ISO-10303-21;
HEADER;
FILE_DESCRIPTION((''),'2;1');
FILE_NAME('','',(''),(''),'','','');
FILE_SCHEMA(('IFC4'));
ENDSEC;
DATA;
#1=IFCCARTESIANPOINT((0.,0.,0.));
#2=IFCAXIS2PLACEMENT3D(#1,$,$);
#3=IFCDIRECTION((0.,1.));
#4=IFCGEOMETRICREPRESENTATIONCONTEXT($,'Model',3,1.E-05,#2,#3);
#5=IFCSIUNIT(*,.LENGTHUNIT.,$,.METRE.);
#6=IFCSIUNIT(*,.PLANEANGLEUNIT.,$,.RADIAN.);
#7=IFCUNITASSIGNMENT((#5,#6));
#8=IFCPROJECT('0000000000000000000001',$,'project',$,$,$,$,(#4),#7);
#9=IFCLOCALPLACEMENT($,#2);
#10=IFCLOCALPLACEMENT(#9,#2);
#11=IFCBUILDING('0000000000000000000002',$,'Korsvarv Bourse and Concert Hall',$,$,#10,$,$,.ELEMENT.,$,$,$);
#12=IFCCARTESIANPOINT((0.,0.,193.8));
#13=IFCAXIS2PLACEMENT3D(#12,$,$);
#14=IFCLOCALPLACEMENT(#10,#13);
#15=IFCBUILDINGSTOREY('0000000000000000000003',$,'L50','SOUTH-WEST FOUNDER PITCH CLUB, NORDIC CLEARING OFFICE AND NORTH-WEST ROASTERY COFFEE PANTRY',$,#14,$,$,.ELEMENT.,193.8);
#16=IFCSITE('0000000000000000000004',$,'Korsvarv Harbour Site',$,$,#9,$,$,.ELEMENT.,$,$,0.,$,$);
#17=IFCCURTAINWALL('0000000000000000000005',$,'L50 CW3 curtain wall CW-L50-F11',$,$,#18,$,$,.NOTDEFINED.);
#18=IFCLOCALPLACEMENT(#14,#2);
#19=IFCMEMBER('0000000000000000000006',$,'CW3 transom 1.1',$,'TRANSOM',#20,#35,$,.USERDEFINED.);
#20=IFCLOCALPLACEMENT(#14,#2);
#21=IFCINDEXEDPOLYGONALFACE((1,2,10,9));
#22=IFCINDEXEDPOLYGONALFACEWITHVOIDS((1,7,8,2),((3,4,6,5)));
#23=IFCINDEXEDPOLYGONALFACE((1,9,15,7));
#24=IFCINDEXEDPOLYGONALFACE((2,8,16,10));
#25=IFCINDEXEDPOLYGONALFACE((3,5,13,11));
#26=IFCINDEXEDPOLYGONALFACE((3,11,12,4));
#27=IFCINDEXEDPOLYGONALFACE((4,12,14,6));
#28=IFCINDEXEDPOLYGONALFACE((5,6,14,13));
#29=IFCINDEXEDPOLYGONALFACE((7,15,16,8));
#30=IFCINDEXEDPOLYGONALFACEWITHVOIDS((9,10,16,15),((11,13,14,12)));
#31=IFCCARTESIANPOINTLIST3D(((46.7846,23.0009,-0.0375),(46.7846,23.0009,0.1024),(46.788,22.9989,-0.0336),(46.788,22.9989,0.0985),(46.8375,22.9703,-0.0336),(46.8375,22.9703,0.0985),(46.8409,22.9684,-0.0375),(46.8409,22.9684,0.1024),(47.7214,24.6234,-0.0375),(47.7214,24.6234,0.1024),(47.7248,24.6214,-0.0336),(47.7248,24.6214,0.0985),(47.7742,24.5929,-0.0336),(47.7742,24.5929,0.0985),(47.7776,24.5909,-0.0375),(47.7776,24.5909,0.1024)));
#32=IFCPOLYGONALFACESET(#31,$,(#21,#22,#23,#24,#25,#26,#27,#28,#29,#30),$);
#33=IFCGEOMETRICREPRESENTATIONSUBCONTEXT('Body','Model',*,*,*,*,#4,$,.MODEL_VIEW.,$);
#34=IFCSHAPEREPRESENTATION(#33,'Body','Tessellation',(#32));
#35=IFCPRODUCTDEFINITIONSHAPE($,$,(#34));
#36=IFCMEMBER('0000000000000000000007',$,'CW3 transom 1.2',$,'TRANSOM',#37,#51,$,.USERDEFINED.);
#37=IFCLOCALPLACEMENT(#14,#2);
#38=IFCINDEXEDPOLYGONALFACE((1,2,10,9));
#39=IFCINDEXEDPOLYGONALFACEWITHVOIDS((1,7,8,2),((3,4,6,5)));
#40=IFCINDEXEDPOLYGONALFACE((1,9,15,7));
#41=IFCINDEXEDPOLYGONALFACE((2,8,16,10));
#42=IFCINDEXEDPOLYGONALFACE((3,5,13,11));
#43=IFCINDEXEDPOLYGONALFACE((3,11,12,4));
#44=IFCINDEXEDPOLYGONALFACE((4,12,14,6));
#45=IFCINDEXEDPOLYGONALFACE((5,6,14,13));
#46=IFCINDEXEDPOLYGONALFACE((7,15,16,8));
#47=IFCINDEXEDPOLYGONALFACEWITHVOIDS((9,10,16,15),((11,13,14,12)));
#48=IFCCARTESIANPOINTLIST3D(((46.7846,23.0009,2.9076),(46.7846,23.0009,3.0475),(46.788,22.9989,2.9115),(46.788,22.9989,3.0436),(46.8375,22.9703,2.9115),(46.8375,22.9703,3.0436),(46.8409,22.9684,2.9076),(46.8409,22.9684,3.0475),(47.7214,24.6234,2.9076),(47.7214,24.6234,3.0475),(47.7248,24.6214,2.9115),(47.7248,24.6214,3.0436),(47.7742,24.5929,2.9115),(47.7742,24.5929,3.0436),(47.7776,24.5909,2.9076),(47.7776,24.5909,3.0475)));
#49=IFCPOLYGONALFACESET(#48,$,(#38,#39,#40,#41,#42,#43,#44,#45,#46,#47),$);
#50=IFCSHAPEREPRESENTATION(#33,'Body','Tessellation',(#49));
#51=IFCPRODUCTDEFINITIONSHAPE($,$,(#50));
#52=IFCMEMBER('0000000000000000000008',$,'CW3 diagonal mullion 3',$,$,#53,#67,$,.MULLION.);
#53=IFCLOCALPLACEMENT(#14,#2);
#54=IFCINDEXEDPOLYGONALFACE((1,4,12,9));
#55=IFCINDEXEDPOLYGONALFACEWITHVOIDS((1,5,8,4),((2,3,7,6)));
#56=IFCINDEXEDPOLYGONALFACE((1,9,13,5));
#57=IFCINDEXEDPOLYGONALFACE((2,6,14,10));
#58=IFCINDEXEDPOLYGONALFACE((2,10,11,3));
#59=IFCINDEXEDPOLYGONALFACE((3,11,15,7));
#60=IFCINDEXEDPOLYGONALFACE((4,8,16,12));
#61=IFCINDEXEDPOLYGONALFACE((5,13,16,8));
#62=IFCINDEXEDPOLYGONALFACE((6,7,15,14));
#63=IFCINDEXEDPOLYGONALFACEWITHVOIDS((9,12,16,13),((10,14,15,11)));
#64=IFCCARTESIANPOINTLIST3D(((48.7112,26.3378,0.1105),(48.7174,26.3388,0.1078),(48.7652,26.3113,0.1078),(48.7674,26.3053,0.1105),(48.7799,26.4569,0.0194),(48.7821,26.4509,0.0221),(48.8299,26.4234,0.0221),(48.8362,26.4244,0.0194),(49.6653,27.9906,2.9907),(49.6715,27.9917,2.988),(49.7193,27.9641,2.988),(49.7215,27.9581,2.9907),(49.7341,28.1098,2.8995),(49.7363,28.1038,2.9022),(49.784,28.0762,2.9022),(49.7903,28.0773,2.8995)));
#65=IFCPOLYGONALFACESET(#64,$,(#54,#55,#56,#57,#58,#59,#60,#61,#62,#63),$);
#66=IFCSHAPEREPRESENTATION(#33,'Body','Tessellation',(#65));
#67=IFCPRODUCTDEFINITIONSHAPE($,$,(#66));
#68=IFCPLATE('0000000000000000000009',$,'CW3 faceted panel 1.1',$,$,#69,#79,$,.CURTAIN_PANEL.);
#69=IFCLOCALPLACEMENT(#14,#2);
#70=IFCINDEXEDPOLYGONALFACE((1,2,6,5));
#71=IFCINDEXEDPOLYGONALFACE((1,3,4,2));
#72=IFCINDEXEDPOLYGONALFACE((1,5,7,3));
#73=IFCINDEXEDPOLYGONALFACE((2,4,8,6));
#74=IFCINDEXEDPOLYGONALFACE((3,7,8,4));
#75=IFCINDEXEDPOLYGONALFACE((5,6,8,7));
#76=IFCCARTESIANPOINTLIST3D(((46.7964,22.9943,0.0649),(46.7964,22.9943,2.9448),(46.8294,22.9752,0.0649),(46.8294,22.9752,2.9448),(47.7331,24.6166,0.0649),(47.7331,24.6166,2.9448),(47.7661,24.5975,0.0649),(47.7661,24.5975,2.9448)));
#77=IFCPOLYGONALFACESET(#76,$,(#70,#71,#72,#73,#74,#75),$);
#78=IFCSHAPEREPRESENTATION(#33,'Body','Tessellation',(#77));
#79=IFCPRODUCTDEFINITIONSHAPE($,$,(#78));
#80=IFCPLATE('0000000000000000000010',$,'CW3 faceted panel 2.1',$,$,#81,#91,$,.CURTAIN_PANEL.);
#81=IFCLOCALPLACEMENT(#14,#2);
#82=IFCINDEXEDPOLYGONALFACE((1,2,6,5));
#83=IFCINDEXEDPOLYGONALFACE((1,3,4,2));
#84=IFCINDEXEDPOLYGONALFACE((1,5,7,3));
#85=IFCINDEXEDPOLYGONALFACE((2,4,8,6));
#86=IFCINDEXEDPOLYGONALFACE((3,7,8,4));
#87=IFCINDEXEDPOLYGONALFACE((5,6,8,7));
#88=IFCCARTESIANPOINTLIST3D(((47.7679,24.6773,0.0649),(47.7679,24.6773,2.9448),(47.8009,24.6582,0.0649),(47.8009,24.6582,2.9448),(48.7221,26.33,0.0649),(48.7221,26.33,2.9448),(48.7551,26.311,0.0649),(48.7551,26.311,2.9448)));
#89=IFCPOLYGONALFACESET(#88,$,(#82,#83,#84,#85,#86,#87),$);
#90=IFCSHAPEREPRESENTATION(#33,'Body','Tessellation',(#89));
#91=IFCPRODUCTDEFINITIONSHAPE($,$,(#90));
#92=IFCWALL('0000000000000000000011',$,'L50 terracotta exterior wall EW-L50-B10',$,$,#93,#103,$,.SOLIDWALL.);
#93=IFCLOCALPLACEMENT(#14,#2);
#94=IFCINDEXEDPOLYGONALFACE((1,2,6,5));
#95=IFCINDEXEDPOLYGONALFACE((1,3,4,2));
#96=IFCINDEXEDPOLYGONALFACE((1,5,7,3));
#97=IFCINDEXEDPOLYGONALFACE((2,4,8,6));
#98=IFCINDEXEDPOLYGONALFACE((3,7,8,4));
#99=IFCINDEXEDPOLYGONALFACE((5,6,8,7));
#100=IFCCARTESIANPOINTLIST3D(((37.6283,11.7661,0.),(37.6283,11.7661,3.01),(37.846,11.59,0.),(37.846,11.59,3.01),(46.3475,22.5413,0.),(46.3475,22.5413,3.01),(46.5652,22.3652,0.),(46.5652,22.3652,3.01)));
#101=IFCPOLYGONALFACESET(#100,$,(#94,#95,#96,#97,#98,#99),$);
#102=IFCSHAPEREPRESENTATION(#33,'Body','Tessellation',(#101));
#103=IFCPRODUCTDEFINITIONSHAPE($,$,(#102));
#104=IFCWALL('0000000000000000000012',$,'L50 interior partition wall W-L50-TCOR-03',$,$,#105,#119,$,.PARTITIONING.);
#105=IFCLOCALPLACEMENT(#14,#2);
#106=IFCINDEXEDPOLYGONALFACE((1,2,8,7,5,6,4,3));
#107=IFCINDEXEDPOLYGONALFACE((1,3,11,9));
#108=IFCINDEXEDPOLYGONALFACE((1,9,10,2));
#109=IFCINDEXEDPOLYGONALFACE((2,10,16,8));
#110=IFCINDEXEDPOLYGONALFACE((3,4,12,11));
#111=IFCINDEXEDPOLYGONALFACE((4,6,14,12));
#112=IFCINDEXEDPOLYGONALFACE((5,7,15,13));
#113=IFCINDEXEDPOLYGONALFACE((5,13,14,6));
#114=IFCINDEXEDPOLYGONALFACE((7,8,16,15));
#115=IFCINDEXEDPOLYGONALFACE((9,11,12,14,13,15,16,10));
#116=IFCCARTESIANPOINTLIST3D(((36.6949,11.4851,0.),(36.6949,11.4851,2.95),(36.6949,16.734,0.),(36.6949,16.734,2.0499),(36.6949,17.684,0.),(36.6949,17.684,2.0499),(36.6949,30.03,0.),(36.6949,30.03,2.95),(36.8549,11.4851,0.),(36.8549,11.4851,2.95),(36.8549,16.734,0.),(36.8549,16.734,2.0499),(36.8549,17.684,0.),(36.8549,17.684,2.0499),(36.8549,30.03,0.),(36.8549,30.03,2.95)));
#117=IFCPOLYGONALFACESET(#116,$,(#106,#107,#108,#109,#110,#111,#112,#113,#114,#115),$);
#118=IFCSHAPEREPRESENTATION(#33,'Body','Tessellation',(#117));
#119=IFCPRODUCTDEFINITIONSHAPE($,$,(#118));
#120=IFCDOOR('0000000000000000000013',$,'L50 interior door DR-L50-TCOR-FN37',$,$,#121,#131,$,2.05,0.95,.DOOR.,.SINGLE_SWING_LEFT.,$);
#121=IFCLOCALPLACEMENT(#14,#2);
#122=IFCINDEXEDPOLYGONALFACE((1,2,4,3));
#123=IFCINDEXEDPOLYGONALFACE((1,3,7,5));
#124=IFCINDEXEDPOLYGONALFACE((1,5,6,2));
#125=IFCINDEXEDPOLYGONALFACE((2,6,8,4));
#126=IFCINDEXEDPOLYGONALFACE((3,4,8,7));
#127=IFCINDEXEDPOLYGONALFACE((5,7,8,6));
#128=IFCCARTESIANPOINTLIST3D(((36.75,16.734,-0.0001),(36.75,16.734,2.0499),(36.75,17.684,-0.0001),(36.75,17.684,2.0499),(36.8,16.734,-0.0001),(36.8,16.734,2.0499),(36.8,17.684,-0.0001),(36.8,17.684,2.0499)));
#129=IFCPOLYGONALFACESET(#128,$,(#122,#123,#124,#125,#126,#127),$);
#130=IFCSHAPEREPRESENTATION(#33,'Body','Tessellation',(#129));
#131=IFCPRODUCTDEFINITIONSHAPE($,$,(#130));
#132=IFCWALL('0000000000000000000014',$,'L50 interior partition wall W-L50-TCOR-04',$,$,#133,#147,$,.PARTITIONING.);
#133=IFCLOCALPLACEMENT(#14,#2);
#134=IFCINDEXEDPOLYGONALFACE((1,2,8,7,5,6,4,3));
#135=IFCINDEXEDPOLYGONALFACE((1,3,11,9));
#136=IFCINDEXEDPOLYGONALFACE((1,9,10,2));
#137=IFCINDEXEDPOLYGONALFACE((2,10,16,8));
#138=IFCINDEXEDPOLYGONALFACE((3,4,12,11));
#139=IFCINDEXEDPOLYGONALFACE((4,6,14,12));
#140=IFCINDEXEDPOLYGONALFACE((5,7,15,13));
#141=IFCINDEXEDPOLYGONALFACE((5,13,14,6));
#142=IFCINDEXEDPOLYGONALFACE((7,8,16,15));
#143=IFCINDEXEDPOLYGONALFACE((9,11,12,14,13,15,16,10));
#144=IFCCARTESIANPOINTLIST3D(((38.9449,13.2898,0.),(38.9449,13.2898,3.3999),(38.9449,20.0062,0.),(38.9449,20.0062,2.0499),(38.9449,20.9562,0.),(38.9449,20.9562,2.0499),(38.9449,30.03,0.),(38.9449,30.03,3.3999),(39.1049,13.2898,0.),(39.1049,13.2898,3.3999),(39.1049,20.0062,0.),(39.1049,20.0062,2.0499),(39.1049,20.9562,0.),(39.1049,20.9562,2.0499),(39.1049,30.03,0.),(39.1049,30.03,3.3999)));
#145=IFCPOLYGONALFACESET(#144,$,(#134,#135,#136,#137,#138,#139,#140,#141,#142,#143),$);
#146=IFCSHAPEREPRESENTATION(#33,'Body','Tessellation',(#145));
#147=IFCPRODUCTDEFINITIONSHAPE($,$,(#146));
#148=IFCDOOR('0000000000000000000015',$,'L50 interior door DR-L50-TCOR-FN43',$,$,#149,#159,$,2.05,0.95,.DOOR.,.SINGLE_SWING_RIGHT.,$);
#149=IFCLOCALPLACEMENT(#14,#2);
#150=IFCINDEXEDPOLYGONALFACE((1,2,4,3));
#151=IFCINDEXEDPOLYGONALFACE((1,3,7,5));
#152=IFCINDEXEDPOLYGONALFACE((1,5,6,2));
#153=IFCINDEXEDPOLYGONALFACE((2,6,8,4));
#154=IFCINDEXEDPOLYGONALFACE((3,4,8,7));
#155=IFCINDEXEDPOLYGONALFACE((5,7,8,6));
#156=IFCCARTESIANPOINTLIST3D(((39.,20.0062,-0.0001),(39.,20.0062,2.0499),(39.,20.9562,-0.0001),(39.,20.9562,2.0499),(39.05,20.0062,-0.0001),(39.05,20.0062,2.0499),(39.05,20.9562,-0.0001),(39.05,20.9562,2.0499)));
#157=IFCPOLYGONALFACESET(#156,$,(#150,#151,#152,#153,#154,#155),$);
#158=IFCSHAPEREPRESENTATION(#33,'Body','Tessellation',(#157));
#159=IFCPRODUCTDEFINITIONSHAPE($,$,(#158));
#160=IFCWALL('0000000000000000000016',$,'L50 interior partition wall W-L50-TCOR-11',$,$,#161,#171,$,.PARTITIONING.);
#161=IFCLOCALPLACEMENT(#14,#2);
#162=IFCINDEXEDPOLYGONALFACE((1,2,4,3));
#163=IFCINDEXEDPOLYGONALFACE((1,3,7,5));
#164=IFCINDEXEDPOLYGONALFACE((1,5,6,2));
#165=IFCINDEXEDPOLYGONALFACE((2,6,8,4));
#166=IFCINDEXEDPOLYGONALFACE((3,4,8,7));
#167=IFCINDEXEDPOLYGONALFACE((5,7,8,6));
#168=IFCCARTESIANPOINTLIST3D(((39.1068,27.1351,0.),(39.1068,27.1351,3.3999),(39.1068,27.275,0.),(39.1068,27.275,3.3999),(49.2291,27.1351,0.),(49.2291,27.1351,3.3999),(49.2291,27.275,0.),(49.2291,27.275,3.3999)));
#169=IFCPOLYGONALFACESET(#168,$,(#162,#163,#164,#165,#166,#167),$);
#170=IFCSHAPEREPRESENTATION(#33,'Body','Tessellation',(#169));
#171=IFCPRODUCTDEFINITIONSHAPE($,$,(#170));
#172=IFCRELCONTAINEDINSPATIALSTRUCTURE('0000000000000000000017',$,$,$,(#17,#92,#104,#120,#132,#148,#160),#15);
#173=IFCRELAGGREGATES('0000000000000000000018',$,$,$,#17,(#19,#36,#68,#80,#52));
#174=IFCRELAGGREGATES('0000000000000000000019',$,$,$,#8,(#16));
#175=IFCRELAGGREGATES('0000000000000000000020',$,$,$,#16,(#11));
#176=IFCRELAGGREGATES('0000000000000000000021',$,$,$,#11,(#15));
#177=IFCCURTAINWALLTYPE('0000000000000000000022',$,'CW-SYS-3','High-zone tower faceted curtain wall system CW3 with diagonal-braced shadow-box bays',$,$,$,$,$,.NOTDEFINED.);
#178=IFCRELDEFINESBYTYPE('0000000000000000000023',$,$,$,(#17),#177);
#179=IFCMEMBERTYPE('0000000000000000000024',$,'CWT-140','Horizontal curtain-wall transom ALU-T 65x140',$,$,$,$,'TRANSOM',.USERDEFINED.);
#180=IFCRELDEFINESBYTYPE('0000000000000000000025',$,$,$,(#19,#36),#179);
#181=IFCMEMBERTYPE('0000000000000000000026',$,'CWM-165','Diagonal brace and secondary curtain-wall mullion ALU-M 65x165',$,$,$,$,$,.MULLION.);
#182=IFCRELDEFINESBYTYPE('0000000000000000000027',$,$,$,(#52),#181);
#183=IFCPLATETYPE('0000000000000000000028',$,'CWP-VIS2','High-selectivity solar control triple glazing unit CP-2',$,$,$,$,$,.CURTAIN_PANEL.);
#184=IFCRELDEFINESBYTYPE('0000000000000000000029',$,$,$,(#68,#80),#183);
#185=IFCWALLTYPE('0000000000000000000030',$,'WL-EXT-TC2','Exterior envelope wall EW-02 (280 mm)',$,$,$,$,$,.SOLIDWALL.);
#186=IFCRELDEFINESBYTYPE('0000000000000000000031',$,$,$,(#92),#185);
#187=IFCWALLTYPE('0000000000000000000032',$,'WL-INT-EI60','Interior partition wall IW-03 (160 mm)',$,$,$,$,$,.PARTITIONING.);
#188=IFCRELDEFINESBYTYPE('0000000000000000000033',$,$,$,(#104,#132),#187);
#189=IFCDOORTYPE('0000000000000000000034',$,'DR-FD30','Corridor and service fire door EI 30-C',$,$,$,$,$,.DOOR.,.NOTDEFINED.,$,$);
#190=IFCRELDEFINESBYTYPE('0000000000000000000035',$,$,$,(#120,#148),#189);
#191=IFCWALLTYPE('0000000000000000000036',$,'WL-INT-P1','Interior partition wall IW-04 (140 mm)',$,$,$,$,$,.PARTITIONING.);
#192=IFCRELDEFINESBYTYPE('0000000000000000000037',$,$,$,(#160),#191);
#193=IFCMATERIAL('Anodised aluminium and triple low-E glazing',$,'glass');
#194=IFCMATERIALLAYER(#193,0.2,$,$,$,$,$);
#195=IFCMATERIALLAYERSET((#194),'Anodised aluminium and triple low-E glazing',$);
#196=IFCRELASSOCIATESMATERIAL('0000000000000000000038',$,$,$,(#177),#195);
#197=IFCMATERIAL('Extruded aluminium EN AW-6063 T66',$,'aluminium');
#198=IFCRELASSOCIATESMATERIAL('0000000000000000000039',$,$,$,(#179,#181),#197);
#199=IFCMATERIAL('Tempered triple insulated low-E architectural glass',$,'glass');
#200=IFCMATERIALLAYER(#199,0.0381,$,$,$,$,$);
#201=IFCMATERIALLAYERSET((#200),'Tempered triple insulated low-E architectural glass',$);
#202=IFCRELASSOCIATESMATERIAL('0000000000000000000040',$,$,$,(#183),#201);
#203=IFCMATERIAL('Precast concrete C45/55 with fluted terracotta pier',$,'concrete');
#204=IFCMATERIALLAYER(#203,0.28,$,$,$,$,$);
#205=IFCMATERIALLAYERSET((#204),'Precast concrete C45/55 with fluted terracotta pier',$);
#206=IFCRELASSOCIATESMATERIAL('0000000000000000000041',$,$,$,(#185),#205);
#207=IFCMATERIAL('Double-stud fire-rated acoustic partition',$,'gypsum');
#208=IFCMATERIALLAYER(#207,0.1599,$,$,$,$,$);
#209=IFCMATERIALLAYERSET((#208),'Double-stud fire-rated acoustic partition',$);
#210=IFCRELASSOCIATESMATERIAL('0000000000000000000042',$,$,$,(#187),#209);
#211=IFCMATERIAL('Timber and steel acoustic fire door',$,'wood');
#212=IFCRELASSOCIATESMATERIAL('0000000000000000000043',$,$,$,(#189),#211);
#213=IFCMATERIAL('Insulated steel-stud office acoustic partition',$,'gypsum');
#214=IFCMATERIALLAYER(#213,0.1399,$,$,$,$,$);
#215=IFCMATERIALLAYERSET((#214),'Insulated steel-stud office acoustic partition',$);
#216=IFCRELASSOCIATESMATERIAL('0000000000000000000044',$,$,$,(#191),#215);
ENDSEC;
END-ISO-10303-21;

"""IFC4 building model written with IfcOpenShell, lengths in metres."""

from ifc_helpers import new_model, si_unit, direction, frame, frame_2d, origin, origin_2d, place, context, subcontext, project, spatial, rectangle, hollow_rectangle, extrude, source, transform, mapped, material, layer, layer_set, material_profile, profile_set, type_object, element, fill, aggregate, save


model = new_model("IFC4")

# Units and contexts
model_context = context("Model", 3, precision=1e-05, world=origin(), true_north=direction((0.0, 1.0)))
body_context = subcontext(model_context, "Body", "Model", "MODEL_VIEW")
ifc_project = project(units=[si_unit("LENGTHUNIT", "METRE"), si_unit("PLANEANGLEUNIT", "RADIAN")], contexts=[model_context])

# Site, building, storey
site_placement = place(None, origin())
site = spatial("IfcSite", under=ifc_project, at=site_placement, Name="Korsvarv Harbour Site", CompositionType="ELEMENT", RefElevation=0.0)
building_placement = place(site_placement, origin())
building = spatial("IfcBuilding", under=site, at=building_placement, Name="Korsvarv Bourse and Concert Hall", CompositionType="ELEMENT")
storey_placement = place(building_placement, frame((0.0, 0.0, 193.8)))
storey = spatial("IfcBuildingStorey", under=building, at=storey_placement, Name="L50", Description="SOUTH-WEST FOUNDER PITCH CLUB, NORDIC CLEARING OFFICE AND NORTH-WEST ROASTERY COFFEE PANTRY", CompositionType="ELEMENT", Elevation=193.8)

# Curtain wall, members, plates
ifc_material_1 = material(Name="Anodised aluminium and triple low-E glazing", Category="glass")
ifc_layer_1 = layer(ifc_material_1, 0.2)
ifc_layer_set_1 = layer_set([ifc_layer_1], Name="Anodised aluminium and triple low-E glazing")
curtain_wall_type = type_object("IfcCurtainWallType", Name="CW-SYS-3", Description="High-zone tower faceted curtain wall system CW3 with diagonal-braced shadow-box bays", PredefinedType="NOTDEFINED", material=ifc_layer_set_1)
curtain_wall_placement = place(storey_placement, origin())
curtain_wall = element("IfcCurtainWall", 1, at=curtain_wall_placement, inside=storey, type_object=curtain_wall_type, Name="L50 CW3 curtain wall CW-L50-F11", PredefinedType="NOTDEFINED")
ifc_material_2 = material(Name="Extruded aluminium EN AW-6063 T66", Category="aluminium")
ifc_material_profile_1 = material_profile(ifc_material_2, hollow_rectangle(XDim=0.0649, YDim=0.1399, WallThickness=0.0039, at=origin_2d()), Name="ALU-T 65x140")
ifc_profile_set_1 = profile_set([ifc_material_profile_1], Name="Extruded aluminium EN AW-6063 T66")
member_type_1 = type_object("IfcMemberType", Name="CWT-140", Description="Horizontal curtain-wall transom ALU-T 65x140", ElementType="TRANSOM", PredefinedType="USERDEFINED", material=ifc_profile_set_1)
shared_shape_1 = source(origin(), body_context, "Body", "SweptSolid", [
    extrude(hollow_rectangle(XDim=0.0649, YDim=0.1399, WallThickness=0.0039, at=origin_2d()), origin(), (0.0, 0.0, 1.0), 1.8735),
])
member_1_placement = place(storey_placement, frame((46.8127, 22.9846, 0.0325), z_axis=(0.499993, 0.866029, 0.0), x_axis=(-0.866029, 0.499993, 0.0)))
member_1 = element("IfcMember", 2, at=member_1_placement, type_object=member_type_1, Name="CW3 transom 1.1", ObjectType="TRANSOM", PredefinedType="USERDEFINED", context=body_context, shape_type="MappedRepresentation", body=[
    mapped(shared_shape_1, transform((0.0, 0.0, 0.0), scale=1.0)),
])
member_2_placement = place(storey_placement, frame((46.8127, 22.9846, 2.9775), z_axis=(0.499993, 0.866029, 0.0), x_axis=(-0.866029, 0.499993, 0.0)))
member_2 = element("IfcMember", 3, at=member_2_placement, type_object=member_type_1, Name="CW3 transom 1.2", ObjectType="TRANSOM", PredefinedType="USERDEFINED", context=body_context, shape_type="MappedRepresentation", body=[
    mapped(shared_shape_1, transform((0.0, 0.0, 0.0), scale=1.0)),
])
ifc_material_profile_2 = material_profile(ifc_material_2, hollow_rectangle(XDim=0.0649, YDim=0.165, WallThickness=0.0049, at=origin_2d()), Name="ALU-M 65x165")
ifc_profile_set_2 = profile_set([ifc_material_profile_2], Name="Extruded aluminium EN AW-6063 T66")
member_type_2 = type_object("IfcMemberType", Name="CWM-165", Description="Diagonal brace and secondary curtain-wall mullion ALU-M 65x165", PredefinedType="MULLION", material=ifc_profile_set_2)
shared_shape_2 = source(origin(), body_context, "Body", "SweptSolid", [
    extrude(hollow_rectangle(XDim=0.0649, YDim=0.165, WallThickness=0.0049, at=origin_2d()), origin(), (0.0, 0.0, 1.0), 3.4551),
])
member_3_placement = place(storey_placement, frame((48.7737, 26.3811, 0.0649), z_axis=(0.276148, 0.478383, 0.833602), x_axis=(-0.866062, 0.499937, 0.0)))
member_3 = element("IfcMember", 4, at=member_3_placement, type_object=member_type_2, Name="CW3 diagonal mullion 3", PredefinedType="MULLION", context=body_context, shape_type="MappedRepresentation", body=[
    mapped(shared_shape_2, transform((0.0, 0.0, 0.0), scale=1.0)),
])
ifc_material_3 = material(Name="Tempered triple insulated low-E architectural glass", Category="glass")
ifc_layer_2 = layer(ifc_material_3, 0.0381)
ifc_layer_set_2 = layer_set([ifc_layer_2], Name="Tempered triple insulated low-E architectural glass")
plate_type = type_object("IfcPlateType", Name="CWP-VIS2", Description="High-selectivity solar control triple glazing unit CP-2", PredefinedType="CURTAIN_PANEL", material=ifc_layer_set_2)
shared_shape_3 = source(origin(), body_context, "Body", "SweptSolid", [
    extrude(rectangle(XDim=1.8733, YDim=0.0381, at=origin_2d()), origin(), (0.0, 0.0, 1.0), 2.8799),
])
plate_1_placement = place(storey_placement, frame((47.2812, 23.7959, 0.0649), z_axis=(0.0, 0.0, 1.0), x_axis=(0.499993, 0.86603, 0.0)))
plate_1 = element("IfcPlate", 5, at=plate_1_placement, type_object=plate_type, Name="CW3 faceted panel 1.1", PredefinedType="CURTAIN_PANEL", context=body_context, shape_type="MappedRepresentation", body=[
    mapped(shared_shape_3, transform((0.0, 0.0, 0.0), scale=1.0)),
])
shared_shape_4 = source(origin(), body_context, "Body", "SweptSolid", [
    extrude(rectangle(XDim=1.9084, YDim=0.0381, at=origin_2d()), origin(), (0.0, 0.0, 1.0), 2.8799),
])
plate_2_placement = place(storey_placement, frame((48.2615, 25.4941, 0.0649), z_axis=(0.0, 0.0, 1.0), x_axis=(0.499993, 0.86603, 0.0)))
plate_2 = element("IfcPlate", 6, at=plate_2_placement, type_object=plate_type, Name="CW3 faceted panel 2.1", PredefinedType="CURTAIN_PANEL", context=body_context, shape_type="MappedRepresentation", body=[
    mapped(shared_shape_4, transform((0.0, 0.0, 0.0), scale=1.0)),
])
aggregate(curtain_wall, [member_1, member_2, plate_1, plate_2, member_3])

# Wall
ifc_material_4 = material(Name="Precast concrete C45/55 with fluted terracotta pier", Category="concrete")
ifc_layer_3 = layer(ifc_material_4, 0.28)
ifc_layer_set_3 = layer_set([ifc_layer_3], Name="Precast concrete C45/55 with fluted terracotta pier")
wall_type_1 = type_object("IfcWallType", Name="WL-EXT-TC2", Description="Exterior envelope wall EW-02 (280 mm)", PredefinedType="SOLIDWALL", material=ifc_layer_set_3)
wall_1_placement = place(storey_placement, frame((37.7371, 11.678, 0.0), z_axis=(0.0, 0.0, 1.0), x_axis=(0.629046, 0.777368, 0.0)))
element("IfcWall", 7, at=wall_1_placement, inside=storey, type_object=wall_type_1, Name="L50 terracotta exterior wall EW-L50-B10", PredefinedType="SOLIDWALL", context=body_context, shape_type="SweptSolid", body=[
    extrude(rectangle(XDim=13.8611, YDim=0.28, at=frame_2d((6.9307, 0.0))), origin(), (0.0, 0.0, 1.0), 3.01),
])

# Walls, openings, doors
ifc_material_5 = material(Name="Double-stud fire-rated acoustic partition", Category="gypsum")
ifc_layer_4 = layer(ifc_material_5, 0.1599)
ifc_layer_set_4 = layer_set([ifc_layer_4], Name="Double-stud fire-rated acoustic partition")
wall_type_2 = type_object("IfcWallType", Name="WL-INT-EI60", Description="Interior partition wall IW-03 (160 mm)", PredefinedType="PARTITIONING", material=ifc_layer_set_4)
wall_2_placement = place(storey_placement, frame((36.7749, 11.4851, 0.0), z_axis=(0.0, 0.0, 1.0), x_axis=(0.0, 1.0, 0.0)))
wall_2 = element("IfcWall", 8, at=wall_2_placement, inside=storey, type_object=wall_type_2, Name="L50 interior partition wall W-L50-TCOR-03", PredefinedType="PARTITIONING", context=body_context, shape_type="SweptSolid", body=[
    extrude(rectangle(XDim=18.5449, YDim=0.1599, at=frame_2d((9.2725, 0.0))), origin(), (0.0, 0.0, 1.0), 2.95),
])
opening_1_placement = place(wall_2_placement, frame((5.2488, 0.0, 0.0)))
opening_1 = element("IfcOpeningElement", 9, at=opening_1_placement, cuts=wall_2, PredefinedType="OPENING", context=body_context, shape_type="SweptSolid", body=[
    extrude(rectangle(XDim=0.95, YDim=2.05, at=frame_2d((0.4751, 1.0249))), frame((0.0, 0.0898, 0.0), z_axis=(0.0, -1.0, 0.0), x_axis=(1.0, 0.0, 0.0)), (0.0, 0.0, 1.0), 0.1799),
])
ifc_material_6 = material(Name="Timber and steel acoustic fire door", Category="wood")
door_type = type_object("IfcDoorType", Name="DR-FD30", Description="Corridor and service fire door EI 30-C", OperationType="NOTDEFINED", PredefinedType="DOOR", material=ifc_material_6)
door_1_placement = place(opening_1_placement, origin())
door_1 = element("IfcDoor", 10, at=door_1_placement, inside=storey, type_object=door_type, Name="L50 interior door DR-L50-TCOR-FN37", OperationType="SINGLE_SWING_LEFT", OverallHeight=2.05, OverallWidth=0.95, PredefinedType="DOOR", context=body_context, shape_type="SweptSolid", body=[
    extrude(rectangle(XDim=0.95, YDim=2.05, at=frame_2d((0.4751, 1.0249))), frame((0.0, 0.0249, 0.0), z_axis=(0.0, -1.0, 0.0), x_axis=(1.0, 0.0, 0.0)), (0.0, 0.0, 1.0), 0.05),
])
fill(opening_1, door_1)
wall_3_placement = place(storey_placement, frame((39.0249, 13.2898, 0.0), z_axis=(0.0, 0.0, 1.0), x_axis=(0.0, 1.0, 0.0)))
wall_3 = element("IfcWall", 11, at=wall_3_placement, inside=storey, type_object=wall_type_2, Name="L50 interior partition wall W-L50-TCOR-04", PredefinedType="PARTITIONING", context=body_context, shape_type="SweptSolid", body=[
    extrude(rectangle(XDim=16.7402, YDim=0.1599, at=frame_2d((8.3701, 0.0))), origin(), (0.0, 0.0, 1.0), 3.3999),
])
opening_2_placement = place(wall_3_placement, frame((6.7163, 0.0, 0.0)))
opening_2 = element("IfcOpeningElement", 12, at=opening_2_placement, cuts=wall_3, PredefinedType="OPENING", context=body_context, shape_type="SweptSolid", body=[
    extrude(rectangle(XDim=0.95, YDim=2.05, at=frame_2d((0.4751, 1.0249))), frame((0.0, 0.0898, 0.0), z_axis=(0.0, -1.0, 0.0), x_axis=(1.0, 0.0, 0.0)), (0.0, 0.0, 1.0), 0.1799),
])
door_2_placement = place(opening_2_placement, origin())
door_2 = element("IfcDoor", 13, at=door_2_placement, inside=storey, type_object=door_type, Name="L50 interior door DR-L50-TCOR-FN43", OperationType="SINGLE_SWING_RIGHT", OverallHeight=2.05, OverallWidth=0.95, PredefinedType="DOOR", context=body_context, shape_type="SweptSolid", body=[
    extrude(rectangle(XDim=0.95, YDim=2.05, at=frame_2d((0.4751, 1.0249))), frame((0.0, 0.0249, 0.0), z_axis=(0.0, -1.0, 0.0), x_axis=(1.0, 0.0, 0.0)), (0.0, 0.0, 1.0), 0.05),
])
fill(opening_2, door_2)

# Wall
ifc_material_7 = material(Name="Insulated steel-stud office acoustic partition", Category="gypsum")
ifc_layer_5 = layer(ifc_material_7, 0.1399)
ifc_layer_set_5 = layer_set([ifc_layer_5], Name="Insulated steel-stud office acoustic partition")
wall_type_3 = type_object("IfcWallType", Name="WL-INT-P1", Description="Interior partition wall IW-04 (140 mm)", PredefinedType="PARTITIONING", material=ifc_layer_set_5)
wall_4_placement = place(storey_placement, frame((39.1069, 27.2051, 0.0), z_axis=(0.0, 0.0, 1.0), x_axis=(1.0, 0.0, 0.0)))
element("IfcWall", 14, at=wall_4_placement, inside=storey, type_object=wall_type_3, Name="L50 interior partition wall W-L50-TCOR-11", PredefinedType="PARTITIONING", context=body_context, shape_type="SweptSolid", body=[
    extrude(rectangle(XDim=10.1223, YDim=0.1399, at=frame_2d((5.061, 0.0))), origin(), (0.0, 0.0, 1.0), 3.3999),
])

save(model, "model.ifc")
